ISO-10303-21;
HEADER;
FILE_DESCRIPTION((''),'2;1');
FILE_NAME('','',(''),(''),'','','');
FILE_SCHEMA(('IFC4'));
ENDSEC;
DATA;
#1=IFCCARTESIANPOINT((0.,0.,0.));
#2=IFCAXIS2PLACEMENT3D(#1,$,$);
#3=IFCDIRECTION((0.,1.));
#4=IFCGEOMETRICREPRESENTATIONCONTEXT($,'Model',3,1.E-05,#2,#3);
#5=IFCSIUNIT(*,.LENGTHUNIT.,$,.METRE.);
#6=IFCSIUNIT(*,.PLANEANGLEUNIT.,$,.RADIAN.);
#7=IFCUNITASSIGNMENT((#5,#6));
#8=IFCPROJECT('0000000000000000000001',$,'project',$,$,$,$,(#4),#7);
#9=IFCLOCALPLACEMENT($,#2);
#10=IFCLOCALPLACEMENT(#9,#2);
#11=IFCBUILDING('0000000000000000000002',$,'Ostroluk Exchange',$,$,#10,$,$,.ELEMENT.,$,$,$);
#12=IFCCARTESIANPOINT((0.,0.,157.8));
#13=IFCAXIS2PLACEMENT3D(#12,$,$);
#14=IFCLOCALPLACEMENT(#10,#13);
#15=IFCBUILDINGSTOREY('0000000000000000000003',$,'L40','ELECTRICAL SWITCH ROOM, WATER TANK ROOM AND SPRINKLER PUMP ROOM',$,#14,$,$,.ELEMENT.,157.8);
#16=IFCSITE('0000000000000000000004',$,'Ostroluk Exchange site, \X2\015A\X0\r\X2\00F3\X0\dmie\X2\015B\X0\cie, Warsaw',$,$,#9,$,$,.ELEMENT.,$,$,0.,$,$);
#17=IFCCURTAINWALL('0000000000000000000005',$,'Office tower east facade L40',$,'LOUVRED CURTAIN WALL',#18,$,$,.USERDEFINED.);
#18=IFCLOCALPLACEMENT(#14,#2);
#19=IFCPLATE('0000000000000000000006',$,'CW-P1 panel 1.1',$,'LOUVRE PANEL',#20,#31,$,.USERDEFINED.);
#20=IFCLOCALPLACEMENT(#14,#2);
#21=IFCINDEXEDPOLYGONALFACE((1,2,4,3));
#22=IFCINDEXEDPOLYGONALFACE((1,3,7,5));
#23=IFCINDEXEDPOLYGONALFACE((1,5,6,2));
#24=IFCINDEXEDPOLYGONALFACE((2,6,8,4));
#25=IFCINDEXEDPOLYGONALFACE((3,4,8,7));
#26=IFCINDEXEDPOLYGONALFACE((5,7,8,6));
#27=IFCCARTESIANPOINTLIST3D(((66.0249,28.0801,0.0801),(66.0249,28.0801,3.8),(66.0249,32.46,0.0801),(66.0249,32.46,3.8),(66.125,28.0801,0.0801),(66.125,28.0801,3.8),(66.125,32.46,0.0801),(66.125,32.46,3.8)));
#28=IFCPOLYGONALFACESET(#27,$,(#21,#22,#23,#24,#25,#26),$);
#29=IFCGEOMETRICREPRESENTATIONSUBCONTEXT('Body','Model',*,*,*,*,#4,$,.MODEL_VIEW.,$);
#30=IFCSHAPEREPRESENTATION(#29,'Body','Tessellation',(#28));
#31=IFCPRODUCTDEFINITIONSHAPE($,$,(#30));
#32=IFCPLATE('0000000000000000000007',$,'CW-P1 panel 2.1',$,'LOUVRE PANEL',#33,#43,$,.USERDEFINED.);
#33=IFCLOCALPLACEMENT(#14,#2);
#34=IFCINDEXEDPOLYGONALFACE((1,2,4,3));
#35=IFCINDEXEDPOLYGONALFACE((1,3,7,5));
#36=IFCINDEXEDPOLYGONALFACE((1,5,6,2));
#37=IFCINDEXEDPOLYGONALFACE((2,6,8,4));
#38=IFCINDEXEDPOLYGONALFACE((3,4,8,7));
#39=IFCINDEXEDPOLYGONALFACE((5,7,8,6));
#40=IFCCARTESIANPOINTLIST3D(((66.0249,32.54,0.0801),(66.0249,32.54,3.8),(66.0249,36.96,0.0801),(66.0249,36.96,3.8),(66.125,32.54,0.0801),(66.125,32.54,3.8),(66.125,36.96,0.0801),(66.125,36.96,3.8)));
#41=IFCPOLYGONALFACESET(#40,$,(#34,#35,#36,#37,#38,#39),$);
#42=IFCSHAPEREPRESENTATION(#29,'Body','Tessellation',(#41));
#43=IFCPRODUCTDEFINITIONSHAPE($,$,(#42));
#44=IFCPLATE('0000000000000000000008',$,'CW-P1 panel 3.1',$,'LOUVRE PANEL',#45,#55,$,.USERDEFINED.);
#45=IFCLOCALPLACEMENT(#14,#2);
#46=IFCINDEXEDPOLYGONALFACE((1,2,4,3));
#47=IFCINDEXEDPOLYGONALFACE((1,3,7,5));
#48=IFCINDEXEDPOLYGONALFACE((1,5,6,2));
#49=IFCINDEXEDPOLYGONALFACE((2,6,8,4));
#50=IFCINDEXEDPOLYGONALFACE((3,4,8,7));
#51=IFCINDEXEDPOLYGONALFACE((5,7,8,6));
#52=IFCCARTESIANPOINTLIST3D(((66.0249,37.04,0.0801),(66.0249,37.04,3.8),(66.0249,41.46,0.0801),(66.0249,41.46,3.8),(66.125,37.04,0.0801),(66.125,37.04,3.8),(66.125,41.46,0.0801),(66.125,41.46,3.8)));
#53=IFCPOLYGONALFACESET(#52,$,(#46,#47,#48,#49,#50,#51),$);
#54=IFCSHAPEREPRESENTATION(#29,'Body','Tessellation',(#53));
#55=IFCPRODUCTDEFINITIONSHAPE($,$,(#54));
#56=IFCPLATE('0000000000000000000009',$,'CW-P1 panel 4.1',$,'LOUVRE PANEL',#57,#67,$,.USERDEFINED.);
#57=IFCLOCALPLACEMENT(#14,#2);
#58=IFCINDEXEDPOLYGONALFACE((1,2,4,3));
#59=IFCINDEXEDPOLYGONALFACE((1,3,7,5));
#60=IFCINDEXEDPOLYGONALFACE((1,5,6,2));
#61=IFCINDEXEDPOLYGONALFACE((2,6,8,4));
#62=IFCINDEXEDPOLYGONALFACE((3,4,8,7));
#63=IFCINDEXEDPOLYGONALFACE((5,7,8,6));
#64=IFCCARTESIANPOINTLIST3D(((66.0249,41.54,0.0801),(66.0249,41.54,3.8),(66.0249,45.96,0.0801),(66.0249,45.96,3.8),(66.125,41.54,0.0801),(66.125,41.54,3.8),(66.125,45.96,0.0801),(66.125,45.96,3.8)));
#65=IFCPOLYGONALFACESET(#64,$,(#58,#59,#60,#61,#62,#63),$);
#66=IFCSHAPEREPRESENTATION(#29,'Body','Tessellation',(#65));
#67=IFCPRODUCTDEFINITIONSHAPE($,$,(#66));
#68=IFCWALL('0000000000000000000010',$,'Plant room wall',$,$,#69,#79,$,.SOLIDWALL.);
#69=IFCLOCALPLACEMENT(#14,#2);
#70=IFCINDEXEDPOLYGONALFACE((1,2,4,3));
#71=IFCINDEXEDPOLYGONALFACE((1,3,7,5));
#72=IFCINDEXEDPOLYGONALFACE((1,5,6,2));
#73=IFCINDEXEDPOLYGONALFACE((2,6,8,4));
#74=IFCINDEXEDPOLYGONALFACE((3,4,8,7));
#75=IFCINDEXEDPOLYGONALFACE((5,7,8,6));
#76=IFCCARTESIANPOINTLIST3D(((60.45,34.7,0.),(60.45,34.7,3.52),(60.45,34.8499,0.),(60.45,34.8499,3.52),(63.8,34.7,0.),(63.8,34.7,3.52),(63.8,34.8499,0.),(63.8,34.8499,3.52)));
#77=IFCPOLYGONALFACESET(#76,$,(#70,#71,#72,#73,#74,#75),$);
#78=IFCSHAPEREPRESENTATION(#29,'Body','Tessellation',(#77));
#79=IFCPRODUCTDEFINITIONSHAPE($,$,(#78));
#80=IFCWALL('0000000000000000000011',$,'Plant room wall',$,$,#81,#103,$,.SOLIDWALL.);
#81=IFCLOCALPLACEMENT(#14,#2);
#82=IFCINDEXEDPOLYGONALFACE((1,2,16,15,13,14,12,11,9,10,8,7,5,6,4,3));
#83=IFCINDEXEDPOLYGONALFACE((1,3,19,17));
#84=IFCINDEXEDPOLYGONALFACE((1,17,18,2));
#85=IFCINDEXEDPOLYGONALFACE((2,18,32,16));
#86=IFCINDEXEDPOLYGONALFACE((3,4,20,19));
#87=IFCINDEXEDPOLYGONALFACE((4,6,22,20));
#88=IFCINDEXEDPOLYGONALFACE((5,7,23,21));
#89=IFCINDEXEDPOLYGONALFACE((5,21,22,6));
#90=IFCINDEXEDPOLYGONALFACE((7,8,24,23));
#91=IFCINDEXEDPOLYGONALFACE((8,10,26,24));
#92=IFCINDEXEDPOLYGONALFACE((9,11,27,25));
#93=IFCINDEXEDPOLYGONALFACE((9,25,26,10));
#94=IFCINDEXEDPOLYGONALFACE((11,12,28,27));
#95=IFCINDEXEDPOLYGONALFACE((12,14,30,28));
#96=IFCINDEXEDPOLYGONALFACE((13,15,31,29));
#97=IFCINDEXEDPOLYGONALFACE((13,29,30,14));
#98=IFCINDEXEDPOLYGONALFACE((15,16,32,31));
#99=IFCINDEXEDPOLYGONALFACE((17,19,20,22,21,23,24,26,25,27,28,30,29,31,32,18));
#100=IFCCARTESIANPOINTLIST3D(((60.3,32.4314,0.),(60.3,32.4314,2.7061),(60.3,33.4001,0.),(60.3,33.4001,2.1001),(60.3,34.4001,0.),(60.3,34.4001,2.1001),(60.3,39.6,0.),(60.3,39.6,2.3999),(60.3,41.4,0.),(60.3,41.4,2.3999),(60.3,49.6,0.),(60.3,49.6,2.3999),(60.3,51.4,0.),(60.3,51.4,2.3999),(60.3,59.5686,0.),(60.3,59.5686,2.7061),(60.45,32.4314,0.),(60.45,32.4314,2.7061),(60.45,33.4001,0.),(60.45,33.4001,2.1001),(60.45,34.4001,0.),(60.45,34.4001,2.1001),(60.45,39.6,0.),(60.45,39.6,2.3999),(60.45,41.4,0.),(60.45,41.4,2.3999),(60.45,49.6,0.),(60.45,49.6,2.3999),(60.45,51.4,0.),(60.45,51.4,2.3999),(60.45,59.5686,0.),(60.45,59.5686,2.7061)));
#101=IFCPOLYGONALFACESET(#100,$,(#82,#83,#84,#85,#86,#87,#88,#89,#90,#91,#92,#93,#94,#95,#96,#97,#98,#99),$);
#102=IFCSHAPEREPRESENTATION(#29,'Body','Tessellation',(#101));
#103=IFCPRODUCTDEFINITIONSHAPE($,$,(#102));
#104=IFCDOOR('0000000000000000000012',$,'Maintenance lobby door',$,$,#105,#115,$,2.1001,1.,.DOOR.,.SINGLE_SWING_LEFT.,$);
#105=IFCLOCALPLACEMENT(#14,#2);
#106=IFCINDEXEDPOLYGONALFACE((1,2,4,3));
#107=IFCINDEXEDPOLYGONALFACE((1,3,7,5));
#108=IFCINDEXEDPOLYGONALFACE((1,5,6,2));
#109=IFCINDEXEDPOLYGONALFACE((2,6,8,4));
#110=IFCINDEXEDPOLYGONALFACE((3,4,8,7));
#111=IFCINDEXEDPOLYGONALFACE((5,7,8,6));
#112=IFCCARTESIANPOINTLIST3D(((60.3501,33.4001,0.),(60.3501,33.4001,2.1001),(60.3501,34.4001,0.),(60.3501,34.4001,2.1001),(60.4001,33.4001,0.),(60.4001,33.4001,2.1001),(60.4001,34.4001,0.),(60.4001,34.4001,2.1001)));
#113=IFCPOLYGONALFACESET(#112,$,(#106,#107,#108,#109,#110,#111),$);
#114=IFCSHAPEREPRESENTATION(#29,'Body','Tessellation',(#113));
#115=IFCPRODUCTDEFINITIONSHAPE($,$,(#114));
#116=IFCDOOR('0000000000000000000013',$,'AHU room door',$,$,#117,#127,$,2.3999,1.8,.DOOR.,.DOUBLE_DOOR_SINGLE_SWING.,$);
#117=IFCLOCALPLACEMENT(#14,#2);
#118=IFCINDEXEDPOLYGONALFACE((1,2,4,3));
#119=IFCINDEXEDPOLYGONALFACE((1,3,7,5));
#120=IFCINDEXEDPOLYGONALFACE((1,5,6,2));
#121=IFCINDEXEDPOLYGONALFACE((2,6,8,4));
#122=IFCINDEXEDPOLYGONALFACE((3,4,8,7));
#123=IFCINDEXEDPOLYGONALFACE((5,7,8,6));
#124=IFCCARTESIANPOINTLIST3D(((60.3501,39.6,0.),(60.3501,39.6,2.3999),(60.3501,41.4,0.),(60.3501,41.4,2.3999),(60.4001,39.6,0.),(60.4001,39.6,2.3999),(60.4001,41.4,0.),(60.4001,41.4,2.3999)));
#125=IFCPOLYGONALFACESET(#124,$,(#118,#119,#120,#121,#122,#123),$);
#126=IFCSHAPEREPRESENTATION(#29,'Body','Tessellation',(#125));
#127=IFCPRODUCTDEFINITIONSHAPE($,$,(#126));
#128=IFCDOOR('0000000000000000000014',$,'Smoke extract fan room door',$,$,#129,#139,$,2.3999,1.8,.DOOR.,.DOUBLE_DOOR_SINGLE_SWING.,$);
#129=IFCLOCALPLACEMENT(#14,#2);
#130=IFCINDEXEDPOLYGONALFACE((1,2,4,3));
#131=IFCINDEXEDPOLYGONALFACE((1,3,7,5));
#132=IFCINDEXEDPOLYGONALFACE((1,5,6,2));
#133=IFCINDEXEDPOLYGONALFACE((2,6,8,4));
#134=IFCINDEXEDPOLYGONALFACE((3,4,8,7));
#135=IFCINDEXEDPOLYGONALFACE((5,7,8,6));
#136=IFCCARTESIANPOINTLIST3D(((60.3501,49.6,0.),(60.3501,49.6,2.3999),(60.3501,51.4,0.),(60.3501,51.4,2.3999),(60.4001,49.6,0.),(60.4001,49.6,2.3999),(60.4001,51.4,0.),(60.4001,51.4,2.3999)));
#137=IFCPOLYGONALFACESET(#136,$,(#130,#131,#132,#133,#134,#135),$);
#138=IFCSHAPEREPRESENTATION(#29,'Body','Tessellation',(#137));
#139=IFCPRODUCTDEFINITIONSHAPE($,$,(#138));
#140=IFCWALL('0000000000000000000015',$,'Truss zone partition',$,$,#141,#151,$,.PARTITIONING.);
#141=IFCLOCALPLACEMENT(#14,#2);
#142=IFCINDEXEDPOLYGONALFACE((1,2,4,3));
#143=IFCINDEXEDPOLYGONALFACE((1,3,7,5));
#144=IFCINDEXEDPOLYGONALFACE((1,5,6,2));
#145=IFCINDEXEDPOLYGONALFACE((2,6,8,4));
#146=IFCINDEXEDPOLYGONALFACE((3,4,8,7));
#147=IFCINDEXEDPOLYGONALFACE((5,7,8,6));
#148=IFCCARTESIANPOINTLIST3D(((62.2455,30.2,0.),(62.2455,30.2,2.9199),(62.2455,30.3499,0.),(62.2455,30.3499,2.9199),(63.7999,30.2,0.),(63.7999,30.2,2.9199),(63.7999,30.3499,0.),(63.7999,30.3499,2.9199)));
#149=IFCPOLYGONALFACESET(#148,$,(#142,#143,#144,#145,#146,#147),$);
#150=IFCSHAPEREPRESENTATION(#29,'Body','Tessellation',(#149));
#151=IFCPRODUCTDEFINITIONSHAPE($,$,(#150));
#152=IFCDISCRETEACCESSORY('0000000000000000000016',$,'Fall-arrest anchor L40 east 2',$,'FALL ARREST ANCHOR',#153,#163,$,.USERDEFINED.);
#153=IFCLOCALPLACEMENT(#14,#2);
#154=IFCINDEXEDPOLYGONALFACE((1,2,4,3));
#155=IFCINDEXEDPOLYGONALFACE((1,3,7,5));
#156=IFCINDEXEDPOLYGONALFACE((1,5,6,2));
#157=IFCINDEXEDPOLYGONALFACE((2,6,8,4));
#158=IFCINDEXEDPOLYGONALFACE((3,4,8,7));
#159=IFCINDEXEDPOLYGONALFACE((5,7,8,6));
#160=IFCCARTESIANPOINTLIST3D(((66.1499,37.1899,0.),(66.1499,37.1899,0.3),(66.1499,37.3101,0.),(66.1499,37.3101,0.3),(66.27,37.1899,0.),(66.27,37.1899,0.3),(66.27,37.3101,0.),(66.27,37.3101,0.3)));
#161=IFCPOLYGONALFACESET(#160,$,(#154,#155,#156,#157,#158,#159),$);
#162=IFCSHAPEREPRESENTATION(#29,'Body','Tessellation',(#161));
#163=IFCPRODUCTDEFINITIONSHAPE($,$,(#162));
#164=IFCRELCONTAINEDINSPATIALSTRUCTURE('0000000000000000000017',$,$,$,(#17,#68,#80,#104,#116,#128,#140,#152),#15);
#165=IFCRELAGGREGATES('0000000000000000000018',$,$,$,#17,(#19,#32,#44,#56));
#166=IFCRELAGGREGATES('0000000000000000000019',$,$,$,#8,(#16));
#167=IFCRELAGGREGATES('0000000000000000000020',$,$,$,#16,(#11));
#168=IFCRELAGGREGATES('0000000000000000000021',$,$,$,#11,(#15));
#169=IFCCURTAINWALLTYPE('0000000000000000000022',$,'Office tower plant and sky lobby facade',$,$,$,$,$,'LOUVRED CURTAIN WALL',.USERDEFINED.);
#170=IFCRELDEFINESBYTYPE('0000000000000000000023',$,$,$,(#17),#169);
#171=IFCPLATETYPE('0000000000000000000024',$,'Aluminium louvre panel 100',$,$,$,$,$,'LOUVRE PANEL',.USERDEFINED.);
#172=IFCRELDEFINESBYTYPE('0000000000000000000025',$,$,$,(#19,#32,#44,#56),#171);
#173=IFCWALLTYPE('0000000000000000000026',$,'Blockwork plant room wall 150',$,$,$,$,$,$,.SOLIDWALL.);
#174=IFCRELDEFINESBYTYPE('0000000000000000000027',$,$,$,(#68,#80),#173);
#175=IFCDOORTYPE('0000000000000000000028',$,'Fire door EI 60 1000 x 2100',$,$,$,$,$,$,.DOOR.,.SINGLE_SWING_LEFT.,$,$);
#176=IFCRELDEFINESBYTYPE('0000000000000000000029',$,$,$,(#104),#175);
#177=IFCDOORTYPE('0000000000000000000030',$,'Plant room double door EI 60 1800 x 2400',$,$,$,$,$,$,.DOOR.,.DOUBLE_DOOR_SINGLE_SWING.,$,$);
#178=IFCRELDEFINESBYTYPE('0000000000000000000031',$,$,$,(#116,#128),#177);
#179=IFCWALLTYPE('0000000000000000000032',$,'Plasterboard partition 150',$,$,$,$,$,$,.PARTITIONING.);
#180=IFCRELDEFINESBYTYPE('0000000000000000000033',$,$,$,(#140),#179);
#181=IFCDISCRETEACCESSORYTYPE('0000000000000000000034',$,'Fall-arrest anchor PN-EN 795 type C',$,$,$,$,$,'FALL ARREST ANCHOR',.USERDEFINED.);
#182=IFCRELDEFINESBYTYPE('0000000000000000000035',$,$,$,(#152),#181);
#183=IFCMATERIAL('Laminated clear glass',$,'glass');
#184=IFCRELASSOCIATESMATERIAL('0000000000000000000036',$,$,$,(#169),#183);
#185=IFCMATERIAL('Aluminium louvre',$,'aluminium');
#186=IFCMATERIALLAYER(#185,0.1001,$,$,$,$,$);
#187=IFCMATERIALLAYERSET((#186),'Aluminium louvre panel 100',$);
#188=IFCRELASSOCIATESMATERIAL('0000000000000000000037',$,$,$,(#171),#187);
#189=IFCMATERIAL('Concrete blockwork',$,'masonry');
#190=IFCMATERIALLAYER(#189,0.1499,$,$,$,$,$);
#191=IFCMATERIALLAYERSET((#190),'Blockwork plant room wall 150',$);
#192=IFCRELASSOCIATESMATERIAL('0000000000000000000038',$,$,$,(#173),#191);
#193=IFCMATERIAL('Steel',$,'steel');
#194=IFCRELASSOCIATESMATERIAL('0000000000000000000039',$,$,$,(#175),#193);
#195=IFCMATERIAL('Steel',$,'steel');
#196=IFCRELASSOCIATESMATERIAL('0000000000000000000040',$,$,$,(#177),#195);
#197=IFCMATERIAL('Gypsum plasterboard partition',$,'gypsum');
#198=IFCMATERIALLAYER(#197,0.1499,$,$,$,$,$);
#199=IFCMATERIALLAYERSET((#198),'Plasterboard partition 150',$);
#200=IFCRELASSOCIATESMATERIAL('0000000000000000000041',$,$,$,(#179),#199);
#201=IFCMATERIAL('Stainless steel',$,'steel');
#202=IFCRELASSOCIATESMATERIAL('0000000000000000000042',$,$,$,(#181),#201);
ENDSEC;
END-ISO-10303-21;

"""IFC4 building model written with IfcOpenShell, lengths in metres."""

from ifc_helpers import new_model, si_unit, direction, frame, frame_2d, origin, origin_2d, place, context, subcontext, project, spatial, rectangle, extrude, material, layer, layer_set, type_object, element, fill, aggregate, save


model = new_model("IFC4")

# Units and contexts
model_context = context("Model", 3, precision=1e-05, world=origin(), true_north=direction((0.0, 1.0)))
body_context = subcontext(model_context, "Body", "Model", "MODEL_VIEW")
ifc_project = project(units=[si_unit("LENGTHUNIT", "METRE"), si_unit("PLANEANGLEUNIT", "RADIAN")], contexts=[model_context])

# Site, building, storey
site_placement = place(None, origin())
site = spatial("IfcSite", under=ifc_project, at=site_placement, Name="Ostroluk Exchange site, Śródmieście, Warsaw", CompositionType="ELEMENT", RefElevation=0.0)
building_placement = place(site_placement, origin())
building = spatial("IfcBuilding", under=site, at=building_placement, Name="Ostroluk Exchange", CompositionType="ELEMENT")
storey_placement = place(building_placement, frame((0.0, 0.0, 157.8)))
storey = spatial("IfcBuildingStorey", under=building, at=storey_placement, Name="L40", Description="ELECTRICAL SWITCH ROOM, WATER TANK ROOM AND SPRINKLER PUMP ROOM", CompositionType="ELEMENT", Elevation=157.8)

# Curtain wall, plates
ifc_material_1 = material(Name="Laminated clear glass", Category="glass")
curtain_wall_type = type_object("IfcCurtainWallType", Name="Office tower plant and sky lobby facade", ElementType="LOUVRED CURTAIN WALL", PredefinedType="USERDEFINED", material=ifc_material_1)
curtain_wall_placement = place(storey_placement, origin())
curtain_wall = element("IfcCurtainWall", 1, at=curtain_wall_placement, inside=storey, type_object=curtain_wall_type, Name="Office tower east facade L40", ObjectType="LOUVRED CURTAIN WALL", PredefinedType="USERDEFINED")
ifc_material_2 = material(Name="Aluminium louvre", Category="aluminium")
ifc_layer_1 = layer(ifc_material_2, 0.1001)
ifc_layer_set_1 = layer_set([ifc_layer_1], Name="Aluminium louvre panel 100")
plate_type = type_object("IfcPlateType", Name="Aluminium louvre panel 100", ElementType="LOUVRE PANEL", PredefinedType="USERDEFINED", material=ifc_layer_set_1)
plate_1_placement = place(storey_placement, frame((66.075, 30.27, 0.0801), z_axis=(0.0, 0.0, 1.0), x_axis=(0.0, 1.0, 0.0)))
plate_1 = element("IfcPlate", 2, at=plate_1_placement, type_object=plate_type, Name="CW-P1 panel 1.1", ObjectType="LOUVRE PANEL", PredefinedType="USERDEFINED", context=body_context, shape_type="SweptSolid", body=[
    extrude(rectangle(XDim=4.3799, YDim=0.1001, at=origin_2d()), origin(), (0.0, 0.0, 1.0), 3.72),
])
plate_2_placement = place(storey_placement, frame((66.075, 34.75, 0.0801), z_axis=(0.0, 0.0, 1.0), x_axis=(0.0, 1.0, 0.0)))
plate_2 = element("IfcPlate", 3, at=plate_2_placement, type_object=plate_type, Name="CW-P1 panel 2.1", ObjectType="LOUVRE PANEL", PredefinedType="USERDEFINED", context=body_context, shape_type="SweptSolid", body=[
    extrude(rectangle(XDim=4.4199, YDim=0.1001, at=origin_2d()), origin(), (0.0, 0.0, 1.0), 3.72),
])
plate_3_placement = place(storey_placement, frame((66.075, 39.25, 0.0801), z_axis=(0.0, 0.0, 1.0), x_axis=(0.0, 1.0, 0.0)))
plate_3 = element("IfcPlate", 4, at=plate_3_placement, type_object=plate_type, Name="CW-P1 panel 3.1", ObjectType="LOUVRE PANEL", PredefinedType="USERDEFINED", context=body_context, shape_type="SweptSolid", body=[
    extrude(rectangle(XDim=4.4199, YDim=0.1001, at=origin_2d()), origin(), (0.0, 0.0, 1.0), 3.72),
])
plate_4_placement = place(storey_placement, frame((66.075, 43.75, 0.0801), z_axis=(0.0, 0.0, 1.0), x_axis=(0.0, 1.0, 0.0)))
plate_4 = element("IfcPlate", 5, at=plate_4_placement, type_object=plate_type, Name="CW-P1 panel 4.1", ObjectType="LOUVRE PANEL", PredefinedType="USERDEFINED", context=body_context, shape_type="SweptSolid", body=[
    extrude(rectangle(XDim=4.4199, YDim=0.1001, at=origin_2d()), origin(), (0.0, 0.0, 1.0), 3.72),
])
aggregate(curtain_wall, [plate_1, plate_2, plate_3, plate_4])

# Wall
ifc_material_3 = material(Name="Concrete blockwork", Category="masonry")
ifc_layer_2 = layer(ifc_material_3, 0.1499)
ifc_layer_set_2 = layer_set([ifc_layer_2], Name="Blockwork plant room wall 150")
wall_type_1 = type_object("IfcWallType", Name="Blockwork plant room wall 150", PredefinedType="SOLIDWALL", material=ifc_layer_set_2)
wall_1_placement = place(storey_placement, frame((60.45, 34.7749, 0.0), z_axis=(0.0, 0.0, 1.0), x_axis=(1.0, 0.0, 0.0)))
element("IfcWall", 6, at=wall_1_placement, inside=storey, type_object=wall_type_1, Name="Plant room wall", PredefinedType="SOLIDWALL", context=body_context, shape_type="SweptSolid", body=[
    extrude(rectangle(XDim=3.3501, YDim=0.1499, at=frame_2d((1.675, 0.0))), origin(), (0.0, 0.0, 1.0), 3.52),
])

# Wall, openings, doors
wall_2_placement = place(storey_placement, frame((60.375, 32.4314, 0.0), z_axis=(0.0, 0.0, 1.0), x_axis=(0.0, 1.0, 0.0)))
wall_2 = element("IfcWall", 7, at=wall_2_placement, inside=storey, type_object=wall_type_1, Name="Plant room wall", PredefinedType="SOLIDWALL", context=body_context, shape_type="SweptSolid", body=[
    extrude(rectangle(XDim=27.1372, YDim=0.1499, at=frame_2d((13.5686, 0.0))), origin(), (0.0, 0.0, 1.0), 2.7061),
])
opening_1_placement = place(wall_2_placement, frame((0.9688, 0.0, 0.0)))
opening_1 = element("IfcOpeningElement", 8, at=opening_1_placement, cuts=wall_2, PredefinedType="OPENING", context=body_context, shape_type="SweptSolid", body=[
    extrude(rectangle(XDim=1.0, YDim=2.1001, at=frame_2d((0.5, 1.05))), frame((0.0, 0.085, 0.0), z_axis=(0.0, -1.0, 0.0), x_axis=(1.0, 0.0, 0.0)), (0.0, 0.0, 1.0), 0.1699),
])
opening_2_placement = place(wall_2_placement, frame((7.1687, 0.0, 0.0)))
opening_2 = element("IfcOpeningElement", 9, at=opening_2_placement, cuts=wall_2, PredefinedType="OPENING", context=body_context, shape_type="SweptSolid", body=[
    extrude(rectangle(XDim=1.8, YDim=2.3999, at=frame_2d((0.8999, 1.2))), frame((0.0, 0.085, 0.0), z_axis=(0.0, -1.0, 0.0), x_axis=(1.0, 0.0, 0.0)), (0.0, 0.0, 1.0), 0.1699),
])
opening_3_placement = place(wall_2_placement, frame((17.1687, 0.0, 0.0)))
opening_3 = element("IfcOpeningElement", 10, at=opening_3_placement, cuts=wall_2, PredefinedType="OPENING", context=body_context, shape_type="SweptSolid", body=[
    extrude(rectangle(XDim=1.8, YDim=2.3999, at=frame_2d((0.8999, 1.2))), frame((0.0, 0.085, 0.0), z_axis=(0.0, -1.0, 0.0), x_axis=(1.0, 0.0, 0.0)), (0.0, 0.0, 1.0), 0.1699),
])
ifc_material_4 = material(Name="Steel", Category="steel")
door_type_1 = type_object("IfcDoorType", Name="Fire door EI 60 1000 x 2100", OperationType="SINGLE_SWING_LEFT", PredefinedType="DOOR", material=ifc_material_4)
door_1_placement = place(opening_1_placement, origin())
door_1 = element("IfcDoor", 11, at=door_1_placement, inside=storey, type_object=door_type_1, Name="Maintenance lobby door", OperationType="SINGLE_SWING_LEFT", OverallHeight=2.1001, OverallWidth=1.0, PredefinedType="DOOR", context=body_context, shape_type="SweptSolid", body=[
    extrude(rectangle(XDim=1.0, YDim=2.1001, at=frame_2d((0.5, 1.05))), frame((0.0, 0.0249, 0.0), z_axis=(0.0, -1.0, 0.0), x_axis=(1.0, 0.0, 0.0)), (0.0, 0.0, 1.0), 0.05),
])
fill(opening_1, door_1)
ifc_material_5 = material(Name="Steel", Category="steel")
door_type_2 = type_object("IfcDoorType", Name="Plant room double door EI 60 1800 x 2400", OperationType="DOUBLE_DOOR_SINGLE_SWING", PredefinedType="DOOR", material=ifc_material_5)
door_2_placement = place(opening_2_placement, origin())
door_2 = element("IfcDoor", 12, at=door_2_placement, inside=storey, type_object=door_type_2, Name="AHU room door", OperationType="DOUBLE_DOOR_SINGLE_SWING", OverallHeight=2.3999, OverallWidth=1.8, PredefinedType="DOOR", context=body_context, shape_type="SweptSolid", body=[
    extrude(rectangle(XDim=1.8, YDim=2.3999, at=frame_2d((0.8999, 1.2))), frame((0.0, 0.0249, 0.0), z_axis=(0.0, -1.0, 0.0), x_axis=(1.0, 0.0, 0.0)), (0.0, 0.0, 1.0), 0.05),
])
fill(opening_2, door_2)
door_3_placement = place(opening_3_placement, origin())
door_3 = element("IfcDoor", 13, at=door_3_placement, inside=storey, type_object=door_type_2, Name="Smoke extract fan room door", OperationType="DOUBLE_DOOR_SINGLE_SWING", OverallHeight=2.3999, OverallWidth=1.8, PredefinedType="DOOR", context=body_context, shape_type="SweptSolid", body=[
    extrude(rectangle(XDim=1.8, YDim=2.3999, at=frame_2d((0.8999, 1.2))), frame((0.0, 0.0249, 0.0), z_axis=(0.0, -1.0, 0.0), x_axis=(1.0, 0.0, 0.0)), (0.0, 0.0, 1.0), 0.05),
])
fill(opening_3, door_3)

# Wall
ifc_material_6 = material(Name="Gypsum plasterboard partition", Category="gypsum")
ifc_layer_3 = layer(ifc_material_6, 0.1499)
ifc_layer_set_3 = layer_set([ifc_layer_3], Name="Plasterboard partition 150")
wall_type_2 = type_object("IfcWallType", Name="Plasterboard partition 150", PredefinedType="PARTITIONING", material=ifc_layer_set_3)
wall_3_placement = place(storey_placement, frame((63.8, 30.2749, 0.0), z_axis=(0.0, 0.0, 1.0), x_axis=(-1.0, 0.0, 0.0)))
element("IfcWall", 14, at=wall_3_placement, inside=storey, type_object=wall_type_2, Name="Truss zone partition", PredefinedType="PARTITIONING", context=body_context, shape_type="SweptSolid", body=[
    extrude(rectangle(XDim=1.5544, YDim=0.1499, at=frame_2d((0.7773, 0.0))), origin(), (0.0, 0.0, 1.0), 2.9199),
])

# Discrete accessory
ifc_material_7 = material(Name="Stainless steel", Category="steel")
discrete_accessory_type = type_object("IfcDiscreteAccessoryType", Name="Fall-arrest anchor PN-EN 795 type C", ElementType="FALL ARREST ANCHOR", PredefinedType="USERDEFINED", material=ifc_material_7)
discrete_accessory_placement = place(storey_placement, frame((66.21, 37.25, 0.0), z_axis=(0.0, 0.0, 1.0), x_axis=(1.0, 0.0, 0.0)))
element("IfcDiscreteAccessory", 15, at=discrete_accessory_placement, inside=storey, type_object=discrete_accessory_type, Name="Fall-arrest anchor L40 east 2", ObjectType="FALL ARREST ANCHOR", PredefinedType="USERDEFINED", context=body_context, shape_type="SweptSolid", body=[
    extrude(rectangle(XDim=0.1201, YDim=0.1201, at=origin_2d()), origin(), (0.0, 0.0, 1.0), 0.3),
])

save(model, "model.ifc")
